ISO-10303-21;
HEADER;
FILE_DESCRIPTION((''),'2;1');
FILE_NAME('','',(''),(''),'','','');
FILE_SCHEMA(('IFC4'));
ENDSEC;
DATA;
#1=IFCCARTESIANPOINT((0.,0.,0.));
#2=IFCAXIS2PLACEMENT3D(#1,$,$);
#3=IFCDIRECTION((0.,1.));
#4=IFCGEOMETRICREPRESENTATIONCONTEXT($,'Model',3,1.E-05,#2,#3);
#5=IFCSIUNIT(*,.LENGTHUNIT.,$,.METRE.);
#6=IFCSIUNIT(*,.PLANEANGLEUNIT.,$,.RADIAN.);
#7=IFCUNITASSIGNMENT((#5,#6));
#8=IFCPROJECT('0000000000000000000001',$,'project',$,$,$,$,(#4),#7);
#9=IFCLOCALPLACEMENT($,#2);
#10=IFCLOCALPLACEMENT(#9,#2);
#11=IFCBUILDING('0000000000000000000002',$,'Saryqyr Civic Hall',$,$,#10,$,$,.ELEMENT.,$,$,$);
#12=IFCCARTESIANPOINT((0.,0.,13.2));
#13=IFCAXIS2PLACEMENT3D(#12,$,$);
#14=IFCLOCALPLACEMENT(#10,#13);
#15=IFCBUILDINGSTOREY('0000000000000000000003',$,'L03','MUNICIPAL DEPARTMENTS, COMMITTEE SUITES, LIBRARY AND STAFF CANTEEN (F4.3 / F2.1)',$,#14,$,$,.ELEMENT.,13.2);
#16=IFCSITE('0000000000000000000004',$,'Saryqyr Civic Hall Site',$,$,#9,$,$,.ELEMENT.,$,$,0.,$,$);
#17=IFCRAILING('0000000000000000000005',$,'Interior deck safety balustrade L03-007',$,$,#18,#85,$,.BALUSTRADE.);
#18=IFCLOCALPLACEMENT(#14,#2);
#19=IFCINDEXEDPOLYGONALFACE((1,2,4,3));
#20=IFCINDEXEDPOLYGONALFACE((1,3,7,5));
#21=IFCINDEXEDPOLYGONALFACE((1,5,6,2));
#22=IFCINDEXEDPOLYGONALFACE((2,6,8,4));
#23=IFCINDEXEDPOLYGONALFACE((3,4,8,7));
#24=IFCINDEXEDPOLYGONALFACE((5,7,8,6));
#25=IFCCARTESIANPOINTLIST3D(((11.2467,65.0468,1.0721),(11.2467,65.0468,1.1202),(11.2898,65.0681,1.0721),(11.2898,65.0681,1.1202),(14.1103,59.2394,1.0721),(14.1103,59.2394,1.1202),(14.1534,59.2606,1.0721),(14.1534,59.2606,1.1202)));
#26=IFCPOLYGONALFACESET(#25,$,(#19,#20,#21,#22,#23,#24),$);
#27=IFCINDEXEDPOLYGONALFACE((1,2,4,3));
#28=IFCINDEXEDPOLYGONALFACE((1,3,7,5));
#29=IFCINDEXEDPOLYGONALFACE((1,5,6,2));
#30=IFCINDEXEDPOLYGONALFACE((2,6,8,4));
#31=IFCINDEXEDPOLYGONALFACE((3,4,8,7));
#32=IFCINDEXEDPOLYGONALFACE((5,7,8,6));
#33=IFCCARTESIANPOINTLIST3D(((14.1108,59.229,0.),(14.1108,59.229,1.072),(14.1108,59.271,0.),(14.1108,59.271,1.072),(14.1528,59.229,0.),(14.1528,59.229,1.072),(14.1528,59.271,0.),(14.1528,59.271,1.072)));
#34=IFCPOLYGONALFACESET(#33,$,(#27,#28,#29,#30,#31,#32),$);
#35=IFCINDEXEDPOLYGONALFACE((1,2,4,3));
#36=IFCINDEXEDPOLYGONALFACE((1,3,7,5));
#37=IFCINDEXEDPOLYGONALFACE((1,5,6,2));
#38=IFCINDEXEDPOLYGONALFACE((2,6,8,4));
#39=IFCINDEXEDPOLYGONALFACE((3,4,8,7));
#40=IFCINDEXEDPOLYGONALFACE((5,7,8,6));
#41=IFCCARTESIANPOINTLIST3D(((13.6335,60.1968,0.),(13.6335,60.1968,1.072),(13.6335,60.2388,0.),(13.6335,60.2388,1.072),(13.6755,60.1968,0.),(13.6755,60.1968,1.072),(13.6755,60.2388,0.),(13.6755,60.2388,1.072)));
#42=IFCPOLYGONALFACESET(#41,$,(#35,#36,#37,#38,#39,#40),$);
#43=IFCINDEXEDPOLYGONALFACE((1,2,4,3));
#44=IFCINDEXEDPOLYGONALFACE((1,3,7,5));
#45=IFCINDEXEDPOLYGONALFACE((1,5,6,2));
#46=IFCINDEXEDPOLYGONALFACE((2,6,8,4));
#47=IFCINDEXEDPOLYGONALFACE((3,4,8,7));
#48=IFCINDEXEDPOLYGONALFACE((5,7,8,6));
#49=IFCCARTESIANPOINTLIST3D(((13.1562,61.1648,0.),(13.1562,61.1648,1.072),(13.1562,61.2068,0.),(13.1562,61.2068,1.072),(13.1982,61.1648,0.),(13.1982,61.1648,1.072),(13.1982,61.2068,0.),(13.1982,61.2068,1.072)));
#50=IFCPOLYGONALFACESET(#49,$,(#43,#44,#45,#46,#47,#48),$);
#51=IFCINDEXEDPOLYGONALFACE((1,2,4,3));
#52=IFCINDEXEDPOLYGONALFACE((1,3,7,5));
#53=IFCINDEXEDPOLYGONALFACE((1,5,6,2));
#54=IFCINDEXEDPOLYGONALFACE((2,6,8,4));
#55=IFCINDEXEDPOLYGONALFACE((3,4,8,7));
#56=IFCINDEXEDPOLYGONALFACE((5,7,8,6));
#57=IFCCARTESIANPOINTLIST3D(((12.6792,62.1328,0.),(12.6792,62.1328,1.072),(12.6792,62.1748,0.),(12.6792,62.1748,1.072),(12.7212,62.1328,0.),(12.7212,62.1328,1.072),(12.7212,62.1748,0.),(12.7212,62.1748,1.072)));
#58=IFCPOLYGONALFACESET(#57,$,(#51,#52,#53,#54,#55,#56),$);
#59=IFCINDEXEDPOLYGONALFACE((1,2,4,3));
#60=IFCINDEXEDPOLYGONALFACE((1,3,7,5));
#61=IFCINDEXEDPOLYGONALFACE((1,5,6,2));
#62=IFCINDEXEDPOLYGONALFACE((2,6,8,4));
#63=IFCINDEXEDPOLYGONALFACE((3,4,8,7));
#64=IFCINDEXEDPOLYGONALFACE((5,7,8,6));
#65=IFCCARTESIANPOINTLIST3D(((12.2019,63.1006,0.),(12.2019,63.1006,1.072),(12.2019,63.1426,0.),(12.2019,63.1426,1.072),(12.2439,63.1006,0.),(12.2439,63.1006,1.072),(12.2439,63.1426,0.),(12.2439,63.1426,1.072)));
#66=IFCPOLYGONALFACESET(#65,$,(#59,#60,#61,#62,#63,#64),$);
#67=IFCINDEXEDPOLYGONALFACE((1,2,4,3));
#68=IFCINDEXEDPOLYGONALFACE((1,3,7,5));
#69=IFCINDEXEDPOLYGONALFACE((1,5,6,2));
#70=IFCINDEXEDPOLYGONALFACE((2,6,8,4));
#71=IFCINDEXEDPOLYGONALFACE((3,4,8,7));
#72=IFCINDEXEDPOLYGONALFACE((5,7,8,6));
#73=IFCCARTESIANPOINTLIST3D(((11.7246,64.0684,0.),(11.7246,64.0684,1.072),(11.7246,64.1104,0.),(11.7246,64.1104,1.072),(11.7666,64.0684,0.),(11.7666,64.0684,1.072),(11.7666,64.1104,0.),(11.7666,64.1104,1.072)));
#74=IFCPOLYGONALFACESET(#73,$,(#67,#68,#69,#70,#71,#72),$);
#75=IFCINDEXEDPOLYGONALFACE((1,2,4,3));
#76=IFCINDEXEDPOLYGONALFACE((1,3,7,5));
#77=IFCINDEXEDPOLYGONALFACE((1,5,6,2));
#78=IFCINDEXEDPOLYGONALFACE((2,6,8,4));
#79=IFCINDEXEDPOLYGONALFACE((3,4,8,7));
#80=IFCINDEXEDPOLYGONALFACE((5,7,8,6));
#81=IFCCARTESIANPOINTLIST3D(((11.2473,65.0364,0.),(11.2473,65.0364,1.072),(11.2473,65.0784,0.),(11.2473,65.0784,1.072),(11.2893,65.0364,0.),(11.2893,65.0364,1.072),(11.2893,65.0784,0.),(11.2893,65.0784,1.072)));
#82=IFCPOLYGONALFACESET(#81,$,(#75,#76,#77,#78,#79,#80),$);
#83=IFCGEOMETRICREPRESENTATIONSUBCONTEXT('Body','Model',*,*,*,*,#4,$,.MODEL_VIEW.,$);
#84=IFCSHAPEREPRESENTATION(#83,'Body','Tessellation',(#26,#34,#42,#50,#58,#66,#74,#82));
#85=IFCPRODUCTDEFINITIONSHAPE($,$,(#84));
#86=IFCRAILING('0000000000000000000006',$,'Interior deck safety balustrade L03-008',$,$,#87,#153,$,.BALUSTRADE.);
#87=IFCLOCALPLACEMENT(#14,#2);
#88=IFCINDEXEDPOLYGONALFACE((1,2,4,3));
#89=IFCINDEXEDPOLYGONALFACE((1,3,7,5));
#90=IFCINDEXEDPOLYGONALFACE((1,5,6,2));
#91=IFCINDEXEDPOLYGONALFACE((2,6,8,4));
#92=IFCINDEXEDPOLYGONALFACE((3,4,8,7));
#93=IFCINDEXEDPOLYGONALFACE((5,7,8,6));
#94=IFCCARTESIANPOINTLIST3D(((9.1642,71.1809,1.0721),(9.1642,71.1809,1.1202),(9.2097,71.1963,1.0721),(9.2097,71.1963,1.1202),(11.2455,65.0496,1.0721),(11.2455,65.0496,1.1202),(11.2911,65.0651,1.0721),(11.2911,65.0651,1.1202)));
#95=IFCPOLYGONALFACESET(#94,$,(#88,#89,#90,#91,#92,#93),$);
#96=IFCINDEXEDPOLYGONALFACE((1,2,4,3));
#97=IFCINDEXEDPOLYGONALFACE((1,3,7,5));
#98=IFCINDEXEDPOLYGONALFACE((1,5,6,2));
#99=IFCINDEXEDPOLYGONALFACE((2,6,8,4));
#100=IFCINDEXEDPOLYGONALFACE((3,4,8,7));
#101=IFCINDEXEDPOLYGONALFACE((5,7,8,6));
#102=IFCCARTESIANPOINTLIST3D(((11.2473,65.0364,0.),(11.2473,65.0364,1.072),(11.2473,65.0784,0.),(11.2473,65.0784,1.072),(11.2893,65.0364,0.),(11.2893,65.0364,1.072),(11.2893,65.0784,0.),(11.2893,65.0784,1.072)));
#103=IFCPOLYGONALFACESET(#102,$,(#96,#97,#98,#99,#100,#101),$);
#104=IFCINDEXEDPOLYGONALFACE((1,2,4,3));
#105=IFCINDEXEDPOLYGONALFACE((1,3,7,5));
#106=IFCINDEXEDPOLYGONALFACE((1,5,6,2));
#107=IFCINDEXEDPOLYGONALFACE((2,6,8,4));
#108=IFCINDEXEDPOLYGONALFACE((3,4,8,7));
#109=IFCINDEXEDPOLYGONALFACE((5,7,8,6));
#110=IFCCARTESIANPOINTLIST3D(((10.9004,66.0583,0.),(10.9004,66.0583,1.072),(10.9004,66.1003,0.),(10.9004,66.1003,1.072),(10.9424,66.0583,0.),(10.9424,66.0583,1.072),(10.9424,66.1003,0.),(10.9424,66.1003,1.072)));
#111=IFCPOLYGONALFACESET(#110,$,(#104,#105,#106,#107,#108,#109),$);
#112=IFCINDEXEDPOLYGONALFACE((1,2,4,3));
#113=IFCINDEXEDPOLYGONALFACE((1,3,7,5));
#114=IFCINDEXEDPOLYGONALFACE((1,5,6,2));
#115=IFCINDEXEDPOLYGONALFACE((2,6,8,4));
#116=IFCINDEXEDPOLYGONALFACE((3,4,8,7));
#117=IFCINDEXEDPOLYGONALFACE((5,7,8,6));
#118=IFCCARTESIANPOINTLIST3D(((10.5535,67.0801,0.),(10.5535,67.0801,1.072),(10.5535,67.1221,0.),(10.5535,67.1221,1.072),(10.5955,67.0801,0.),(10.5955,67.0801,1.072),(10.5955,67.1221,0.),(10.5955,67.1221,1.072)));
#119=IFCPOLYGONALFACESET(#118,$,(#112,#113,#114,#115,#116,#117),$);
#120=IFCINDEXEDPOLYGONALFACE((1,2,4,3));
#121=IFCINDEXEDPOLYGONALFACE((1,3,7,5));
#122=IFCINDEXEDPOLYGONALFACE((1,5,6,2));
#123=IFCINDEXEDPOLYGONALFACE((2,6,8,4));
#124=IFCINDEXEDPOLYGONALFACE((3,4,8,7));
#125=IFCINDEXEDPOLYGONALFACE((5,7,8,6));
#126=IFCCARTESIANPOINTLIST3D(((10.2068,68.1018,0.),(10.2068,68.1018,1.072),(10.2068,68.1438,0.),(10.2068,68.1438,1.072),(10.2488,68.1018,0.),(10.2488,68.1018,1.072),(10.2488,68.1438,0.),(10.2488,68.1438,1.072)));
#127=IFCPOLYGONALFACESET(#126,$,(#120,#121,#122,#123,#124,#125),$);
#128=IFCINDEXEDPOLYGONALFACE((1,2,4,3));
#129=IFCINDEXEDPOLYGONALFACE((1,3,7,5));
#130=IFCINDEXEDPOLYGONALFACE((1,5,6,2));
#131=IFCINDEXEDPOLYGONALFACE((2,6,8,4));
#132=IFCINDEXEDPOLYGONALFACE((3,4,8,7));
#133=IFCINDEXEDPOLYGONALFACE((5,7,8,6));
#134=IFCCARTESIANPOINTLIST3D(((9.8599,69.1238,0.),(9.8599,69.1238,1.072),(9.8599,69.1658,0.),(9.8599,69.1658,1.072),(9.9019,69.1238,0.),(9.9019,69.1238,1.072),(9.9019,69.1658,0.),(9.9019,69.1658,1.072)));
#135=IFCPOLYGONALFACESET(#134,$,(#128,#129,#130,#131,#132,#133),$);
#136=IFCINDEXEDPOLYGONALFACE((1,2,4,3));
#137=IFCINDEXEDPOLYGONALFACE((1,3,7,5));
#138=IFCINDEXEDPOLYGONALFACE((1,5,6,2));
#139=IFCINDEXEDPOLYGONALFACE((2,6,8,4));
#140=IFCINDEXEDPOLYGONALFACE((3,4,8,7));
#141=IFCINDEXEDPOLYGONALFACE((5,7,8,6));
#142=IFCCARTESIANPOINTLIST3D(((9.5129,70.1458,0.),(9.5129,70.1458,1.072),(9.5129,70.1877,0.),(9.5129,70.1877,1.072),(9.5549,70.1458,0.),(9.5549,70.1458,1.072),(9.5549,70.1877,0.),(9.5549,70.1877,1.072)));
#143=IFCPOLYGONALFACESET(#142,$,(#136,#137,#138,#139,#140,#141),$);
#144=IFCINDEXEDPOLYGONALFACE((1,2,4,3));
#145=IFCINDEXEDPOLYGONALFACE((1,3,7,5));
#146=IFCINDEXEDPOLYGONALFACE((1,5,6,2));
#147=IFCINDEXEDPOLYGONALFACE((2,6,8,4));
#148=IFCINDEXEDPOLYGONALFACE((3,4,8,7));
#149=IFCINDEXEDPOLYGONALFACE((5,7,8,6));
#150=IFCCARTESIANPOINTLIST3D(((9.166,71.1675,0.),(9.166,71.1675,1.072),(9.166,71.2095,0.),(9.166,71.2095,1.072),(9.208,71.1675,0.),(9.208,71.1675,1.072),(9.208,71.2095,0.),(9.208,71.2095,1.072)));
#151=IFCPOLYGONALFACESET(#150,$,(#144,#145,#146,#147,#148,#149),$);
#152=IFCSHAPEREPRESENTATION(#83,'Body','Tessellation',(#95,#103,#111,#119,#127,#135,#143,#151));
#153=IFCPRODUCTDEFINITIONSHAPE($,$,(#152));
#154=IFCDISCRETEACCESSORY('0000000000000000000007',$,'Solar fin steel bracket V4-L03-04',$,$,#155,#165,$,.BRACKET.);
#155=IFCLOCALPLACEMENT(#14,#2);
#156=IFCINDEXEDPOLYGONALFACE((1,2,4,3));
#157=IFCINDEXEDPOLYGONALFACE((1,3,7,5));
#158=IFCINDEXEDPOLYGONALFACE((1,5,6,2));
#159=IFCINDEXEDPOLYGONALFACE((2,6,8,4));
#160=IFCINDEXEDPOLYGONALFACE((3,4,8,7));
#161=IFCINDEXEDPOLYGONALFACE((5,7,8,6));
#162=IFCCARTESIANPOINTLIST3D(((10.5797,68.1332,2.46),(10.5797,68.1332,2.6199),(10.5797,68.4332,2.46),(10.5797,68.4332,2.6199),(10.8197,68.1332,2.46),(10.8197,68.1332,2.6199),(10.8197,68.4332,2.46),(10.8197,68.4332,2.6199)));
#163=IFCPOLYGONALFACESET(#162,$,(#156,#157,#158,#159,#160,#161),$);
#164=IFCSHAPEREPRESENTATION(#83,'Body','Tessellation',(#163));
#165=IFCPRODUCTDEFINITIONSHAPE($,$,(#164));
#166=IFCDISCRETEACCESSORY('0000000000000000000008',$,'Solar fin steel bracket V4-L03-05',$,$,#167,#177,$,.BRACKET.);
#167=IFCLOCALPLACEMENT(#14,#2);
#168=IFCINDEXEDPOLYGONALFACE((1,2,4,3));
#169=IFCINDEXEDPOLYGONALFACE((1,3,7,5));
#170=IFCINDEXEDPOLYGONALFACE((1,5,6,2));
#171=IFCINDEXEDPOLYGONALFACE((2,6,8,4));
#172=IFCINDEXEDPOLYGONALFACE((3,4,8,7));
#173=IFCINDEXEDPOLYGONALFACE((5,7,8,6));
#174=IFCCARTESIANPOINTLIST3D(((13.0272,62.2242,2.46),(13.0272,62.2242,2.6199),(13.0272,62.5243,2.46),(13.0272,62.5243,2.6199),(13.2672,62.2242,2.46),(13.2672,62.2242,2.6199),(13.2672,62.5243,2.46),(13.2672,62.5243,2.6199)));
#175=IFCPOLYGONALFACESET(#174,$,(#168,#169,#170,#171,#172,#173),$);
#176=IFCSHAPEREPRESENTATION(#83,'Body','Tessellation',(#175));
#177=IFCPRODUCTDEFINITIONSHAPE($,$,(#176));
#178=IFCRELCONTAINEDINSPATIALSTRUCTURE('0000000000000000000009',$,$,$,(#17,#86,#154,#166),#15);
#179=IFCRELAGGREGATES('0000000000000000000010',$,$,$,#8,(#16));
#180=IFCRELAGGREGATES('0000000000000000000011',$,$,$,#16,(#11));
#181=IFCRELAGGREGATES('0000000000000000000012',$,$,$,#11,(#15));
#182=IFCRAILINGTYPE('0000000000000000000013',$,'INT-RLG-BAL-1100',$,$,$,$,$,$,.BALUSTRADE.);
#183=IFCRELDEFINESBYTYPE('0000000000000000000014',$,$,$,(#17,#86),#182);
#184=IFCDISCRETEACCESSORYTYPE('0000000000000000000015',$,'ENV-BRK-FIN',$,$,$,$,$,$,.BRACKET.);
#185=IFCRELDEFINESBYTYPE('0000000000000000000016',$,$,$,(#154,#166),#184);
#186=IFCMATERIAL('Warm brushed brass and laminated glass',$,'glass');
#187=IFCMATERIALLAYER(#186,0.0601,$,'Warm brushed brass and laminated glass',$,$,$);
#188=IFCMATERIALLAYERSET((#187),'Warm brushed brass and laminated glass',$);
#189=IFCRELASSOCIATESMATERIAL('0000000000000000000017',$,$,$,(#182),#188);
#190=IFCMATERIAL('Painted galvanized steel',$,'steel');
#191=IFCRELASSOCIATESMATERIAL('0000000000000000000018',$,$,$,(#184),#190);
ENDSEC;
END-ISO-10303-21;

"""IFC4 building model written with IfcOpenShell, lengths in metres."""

from ifc_helpers import new_model, si_unit, direction, frame, origin, origin_2d, place, context, subcontext, project, spatial, rectangle, extrude, material, layer, layer_set, type_object, element, save


model = new_model("IFC4")

# Units and contexts
model_context = context("Model", 3, precision=1e-05, world=origin(), true_north=direction((0.0, 1.0)))
body_context = subcontext(model_context, "Body", "Model", "MODEL_VIEW")
ifc_project = project(units=[si_unit("LENGTHUNIT", "METRE"), si_unit("PLANEANGLEUNIT", "RADIAN")], contexts=[model_context])

# Site, building, storey
site_placement = place(None, origin())
site = spatial("IfcSite", under=ifc_project, at=site_placement, Name="Saryqyr Civic Hall Site", CompositionType="ELEMENT", RefElevation=0.0)
building_placement = place(site_placement, origin())
building = spatial("IfcBuilding", under=site, at=building_placement, Name="Saryqyr Civic Hall", CompositionType="ELEMENT")
storey_placement = place(building_placement, frame((0.0, 0.0, 13.2)))
storey = spatial("IfcBuildingStorey", under=building, at=storey_placement, Name="L03", Description="MUNICIPAL DEPARTMENTS, COMMITTEE SUITES, LIBRARY AND STAFF CANTEEN (F4.3 / F2.1)", CompositionType="ELEMENT", Elevation=13.2)

# Railings
ifc_material_1 = material(Name="Warm brushed brass and laminated glass", Category="glass")
ifc_layer_1 = layer(ifc_material_1, 0.0601, Name="Warm brushed brass and laminated glass")
ifc_layer_set_1 = layer_set([ifc_layer_1], Name="Warm brushed brass and laminated glass")
railing_type = type_object("IfcRailingType", Name="INT-RLG-BAL-1100", PredefinedType="BALUSTRADE", material=ifc_layer_set_1)
railing_1_placement = place(storey_placement, frame((14.1318, 59.25, 0.0)))
element("IfcRailing", 1, at=railing_1_placement, inside=storey, type_object=railing_type, Name="Interior deck safety balustrade L03-007", PredefinedType="BALUSTRADE", context=body_context, shape_type="SweptSolid", body=[
    extrude(rectangle(XDim=0.0481, YDim=0.0481, at=origin_2d()), frame((0.0, 0.0, 1.0962), z_axis=(-0.442245, 0.896894, 0.0), x_axis=(-0.896894, -0.442245, 0.0)), (0.0, 0.0, 1.0), 6.4751),
    extrude(rectangle(XDim=0.042, YDim=0.042, at=origin_2d()), origin(), (0.0, 0.0, 1.0), 1.072),
    extrude(rectangle(XDim=0.042, YDim=0.042, at=origin_2d()), frame((-0.4773, 0.9678, 0.0)), (0.0, 0.0, 1.0), 1.072),
    extrude(rectangle(XDim=0.042, YDim=0.042, at=origin_2d()), frame((-0.9546, 1.9358, 0.0)), (0.0, 0.0, 1.0), 1.072),
    extrude(rectangle(XDim=0.042, YDim=0.042, at=origin_2d()), frame((-1.4316, 2.9038, 0.0)), (0.0, 0.0, 1.0), 1.072),
    extrude(rectangle(XDim=0.042, YDim=0.042, at=origin_2d()), frame((-1.9089, 3.8716, 0.0)), (0.0, 0.0, 1.0), 1.072),
    extrude(rectangle(XDim=0.042, YDim=0.042, at=origin_2d()), frame((-2.3862, 4.8394, 0.0)), (0.0, 0.0, 1.0), 1.072),
    extrude(rectangle(XDim=0.042, YDim=0.042, at=origin_2d()), frame((-2.8635, 5.8074, 0.0)), (0.0, 0.0, 1.0), 1.072),
])
railing_2_placement = place(storey_placement, frame((11.2683, 65.0574, 0.0)))
element("IfcRailing", 2, at=railing_2_placement, inside=storey, type_object=railing_type, Name="Interior deck safety balustrade L03-008", PredefinedType="BALUSTRADE", context=body_context, shape_type="SweptSolid", body=[
    extrude(rectangle(XDim=0.0481, YDim=0.0481, at=origin_2d()), frame((0.0, 0.0, 1.0962), z_axis=(-0.321449, 0.946927, 0.0), x_axis=(-0.946927, -0.321449, 0.0)), (0.0, 0.0, 1.0), 6.4749),
    extrude(rectangle(XDim=0.042, YDim=0.042, at=origin_2d()), origin(), (0.0, 0.0, 1.0), 1.072),
    extrude(rectangle(XDim=0.042, YDim=0.042, at=origin_2d()), frame((-0.3469, 1.022, 0.0)), (0.0, 0.0, 1.0), 1.072),
    extrude(rectangle(XDim=0.042, YDim=0.042, at=origin_2d()), frame((-0.6938, 2.0437, 0.0)), (0.0, 0.0, 1.0), 1.072),
    extrude(rectangle(XDim=0.042, YDim=0.042, at=origin_2d()), frame((-1.0405, 3.0654, 0.0)), (0.0, 0.0, 1.0), 1.072),
    extrude(rectangle(XDim=0.042, YDim=0.042, at=origin_2d()), frame((-1.3875, 4.0874, 0.0)), (0.0, 0.0, 1.0), 1.072),
    extrude(rectangle(XDim=0.042, YDim=0.042, at=origin_2d()), frame((-1.7344, 5.1094, 0.0)), (0.0, 0.0, 1.0), 1.072),
    extrude(rectangle(XDim=0.042, YDim=0.042, at=origin_2d()), frame((-2.0813, 6.1311, 0.0)), (0.0, 0.0, 1.0), 1.072),
])

# Discrete accessories
ifc_material_2 = material(Name="Painted galvanized steel", Category="steel")
discrete_accessory_type = type_object("IfcDiscreteAccessoryType", Name="ENV-BRK-FIN", PredefinedType="BRACKET", material=ifc_material_2)
for number, where, z_axis, x_axis, name in (
    (3, (10.6997, 68.2832, 2.46), (0.0, 0.0, 1.0), (1.0, 0.0, 0.0), "Solar fin steel bracket V4-L03-04"),
    (4, (13.1472, 62.3743, 2.46), (0.0, 0.0, 1.0), (1.0, 0.0, 0.0), "Solar fin steel bracket V4-L03-05"),
):
    element("IfcDiscreteAccessory", number, at=place(storey_placement, frame(where, z_axis=z_axis, x_axis=x_axis)), inside=storey, type_object=discrete_accessory_type, Name=name, PredefinedType="BRACKET", context=body_context, shape_type="SweptSolid", body=[
        extrude(rectangle(XDim=0.24, YDim=0.3, at=origin_2d()), origin(), (0.0, 0.0, 1.0), 0.1599),
    ])

save(model, "model.ifc")
